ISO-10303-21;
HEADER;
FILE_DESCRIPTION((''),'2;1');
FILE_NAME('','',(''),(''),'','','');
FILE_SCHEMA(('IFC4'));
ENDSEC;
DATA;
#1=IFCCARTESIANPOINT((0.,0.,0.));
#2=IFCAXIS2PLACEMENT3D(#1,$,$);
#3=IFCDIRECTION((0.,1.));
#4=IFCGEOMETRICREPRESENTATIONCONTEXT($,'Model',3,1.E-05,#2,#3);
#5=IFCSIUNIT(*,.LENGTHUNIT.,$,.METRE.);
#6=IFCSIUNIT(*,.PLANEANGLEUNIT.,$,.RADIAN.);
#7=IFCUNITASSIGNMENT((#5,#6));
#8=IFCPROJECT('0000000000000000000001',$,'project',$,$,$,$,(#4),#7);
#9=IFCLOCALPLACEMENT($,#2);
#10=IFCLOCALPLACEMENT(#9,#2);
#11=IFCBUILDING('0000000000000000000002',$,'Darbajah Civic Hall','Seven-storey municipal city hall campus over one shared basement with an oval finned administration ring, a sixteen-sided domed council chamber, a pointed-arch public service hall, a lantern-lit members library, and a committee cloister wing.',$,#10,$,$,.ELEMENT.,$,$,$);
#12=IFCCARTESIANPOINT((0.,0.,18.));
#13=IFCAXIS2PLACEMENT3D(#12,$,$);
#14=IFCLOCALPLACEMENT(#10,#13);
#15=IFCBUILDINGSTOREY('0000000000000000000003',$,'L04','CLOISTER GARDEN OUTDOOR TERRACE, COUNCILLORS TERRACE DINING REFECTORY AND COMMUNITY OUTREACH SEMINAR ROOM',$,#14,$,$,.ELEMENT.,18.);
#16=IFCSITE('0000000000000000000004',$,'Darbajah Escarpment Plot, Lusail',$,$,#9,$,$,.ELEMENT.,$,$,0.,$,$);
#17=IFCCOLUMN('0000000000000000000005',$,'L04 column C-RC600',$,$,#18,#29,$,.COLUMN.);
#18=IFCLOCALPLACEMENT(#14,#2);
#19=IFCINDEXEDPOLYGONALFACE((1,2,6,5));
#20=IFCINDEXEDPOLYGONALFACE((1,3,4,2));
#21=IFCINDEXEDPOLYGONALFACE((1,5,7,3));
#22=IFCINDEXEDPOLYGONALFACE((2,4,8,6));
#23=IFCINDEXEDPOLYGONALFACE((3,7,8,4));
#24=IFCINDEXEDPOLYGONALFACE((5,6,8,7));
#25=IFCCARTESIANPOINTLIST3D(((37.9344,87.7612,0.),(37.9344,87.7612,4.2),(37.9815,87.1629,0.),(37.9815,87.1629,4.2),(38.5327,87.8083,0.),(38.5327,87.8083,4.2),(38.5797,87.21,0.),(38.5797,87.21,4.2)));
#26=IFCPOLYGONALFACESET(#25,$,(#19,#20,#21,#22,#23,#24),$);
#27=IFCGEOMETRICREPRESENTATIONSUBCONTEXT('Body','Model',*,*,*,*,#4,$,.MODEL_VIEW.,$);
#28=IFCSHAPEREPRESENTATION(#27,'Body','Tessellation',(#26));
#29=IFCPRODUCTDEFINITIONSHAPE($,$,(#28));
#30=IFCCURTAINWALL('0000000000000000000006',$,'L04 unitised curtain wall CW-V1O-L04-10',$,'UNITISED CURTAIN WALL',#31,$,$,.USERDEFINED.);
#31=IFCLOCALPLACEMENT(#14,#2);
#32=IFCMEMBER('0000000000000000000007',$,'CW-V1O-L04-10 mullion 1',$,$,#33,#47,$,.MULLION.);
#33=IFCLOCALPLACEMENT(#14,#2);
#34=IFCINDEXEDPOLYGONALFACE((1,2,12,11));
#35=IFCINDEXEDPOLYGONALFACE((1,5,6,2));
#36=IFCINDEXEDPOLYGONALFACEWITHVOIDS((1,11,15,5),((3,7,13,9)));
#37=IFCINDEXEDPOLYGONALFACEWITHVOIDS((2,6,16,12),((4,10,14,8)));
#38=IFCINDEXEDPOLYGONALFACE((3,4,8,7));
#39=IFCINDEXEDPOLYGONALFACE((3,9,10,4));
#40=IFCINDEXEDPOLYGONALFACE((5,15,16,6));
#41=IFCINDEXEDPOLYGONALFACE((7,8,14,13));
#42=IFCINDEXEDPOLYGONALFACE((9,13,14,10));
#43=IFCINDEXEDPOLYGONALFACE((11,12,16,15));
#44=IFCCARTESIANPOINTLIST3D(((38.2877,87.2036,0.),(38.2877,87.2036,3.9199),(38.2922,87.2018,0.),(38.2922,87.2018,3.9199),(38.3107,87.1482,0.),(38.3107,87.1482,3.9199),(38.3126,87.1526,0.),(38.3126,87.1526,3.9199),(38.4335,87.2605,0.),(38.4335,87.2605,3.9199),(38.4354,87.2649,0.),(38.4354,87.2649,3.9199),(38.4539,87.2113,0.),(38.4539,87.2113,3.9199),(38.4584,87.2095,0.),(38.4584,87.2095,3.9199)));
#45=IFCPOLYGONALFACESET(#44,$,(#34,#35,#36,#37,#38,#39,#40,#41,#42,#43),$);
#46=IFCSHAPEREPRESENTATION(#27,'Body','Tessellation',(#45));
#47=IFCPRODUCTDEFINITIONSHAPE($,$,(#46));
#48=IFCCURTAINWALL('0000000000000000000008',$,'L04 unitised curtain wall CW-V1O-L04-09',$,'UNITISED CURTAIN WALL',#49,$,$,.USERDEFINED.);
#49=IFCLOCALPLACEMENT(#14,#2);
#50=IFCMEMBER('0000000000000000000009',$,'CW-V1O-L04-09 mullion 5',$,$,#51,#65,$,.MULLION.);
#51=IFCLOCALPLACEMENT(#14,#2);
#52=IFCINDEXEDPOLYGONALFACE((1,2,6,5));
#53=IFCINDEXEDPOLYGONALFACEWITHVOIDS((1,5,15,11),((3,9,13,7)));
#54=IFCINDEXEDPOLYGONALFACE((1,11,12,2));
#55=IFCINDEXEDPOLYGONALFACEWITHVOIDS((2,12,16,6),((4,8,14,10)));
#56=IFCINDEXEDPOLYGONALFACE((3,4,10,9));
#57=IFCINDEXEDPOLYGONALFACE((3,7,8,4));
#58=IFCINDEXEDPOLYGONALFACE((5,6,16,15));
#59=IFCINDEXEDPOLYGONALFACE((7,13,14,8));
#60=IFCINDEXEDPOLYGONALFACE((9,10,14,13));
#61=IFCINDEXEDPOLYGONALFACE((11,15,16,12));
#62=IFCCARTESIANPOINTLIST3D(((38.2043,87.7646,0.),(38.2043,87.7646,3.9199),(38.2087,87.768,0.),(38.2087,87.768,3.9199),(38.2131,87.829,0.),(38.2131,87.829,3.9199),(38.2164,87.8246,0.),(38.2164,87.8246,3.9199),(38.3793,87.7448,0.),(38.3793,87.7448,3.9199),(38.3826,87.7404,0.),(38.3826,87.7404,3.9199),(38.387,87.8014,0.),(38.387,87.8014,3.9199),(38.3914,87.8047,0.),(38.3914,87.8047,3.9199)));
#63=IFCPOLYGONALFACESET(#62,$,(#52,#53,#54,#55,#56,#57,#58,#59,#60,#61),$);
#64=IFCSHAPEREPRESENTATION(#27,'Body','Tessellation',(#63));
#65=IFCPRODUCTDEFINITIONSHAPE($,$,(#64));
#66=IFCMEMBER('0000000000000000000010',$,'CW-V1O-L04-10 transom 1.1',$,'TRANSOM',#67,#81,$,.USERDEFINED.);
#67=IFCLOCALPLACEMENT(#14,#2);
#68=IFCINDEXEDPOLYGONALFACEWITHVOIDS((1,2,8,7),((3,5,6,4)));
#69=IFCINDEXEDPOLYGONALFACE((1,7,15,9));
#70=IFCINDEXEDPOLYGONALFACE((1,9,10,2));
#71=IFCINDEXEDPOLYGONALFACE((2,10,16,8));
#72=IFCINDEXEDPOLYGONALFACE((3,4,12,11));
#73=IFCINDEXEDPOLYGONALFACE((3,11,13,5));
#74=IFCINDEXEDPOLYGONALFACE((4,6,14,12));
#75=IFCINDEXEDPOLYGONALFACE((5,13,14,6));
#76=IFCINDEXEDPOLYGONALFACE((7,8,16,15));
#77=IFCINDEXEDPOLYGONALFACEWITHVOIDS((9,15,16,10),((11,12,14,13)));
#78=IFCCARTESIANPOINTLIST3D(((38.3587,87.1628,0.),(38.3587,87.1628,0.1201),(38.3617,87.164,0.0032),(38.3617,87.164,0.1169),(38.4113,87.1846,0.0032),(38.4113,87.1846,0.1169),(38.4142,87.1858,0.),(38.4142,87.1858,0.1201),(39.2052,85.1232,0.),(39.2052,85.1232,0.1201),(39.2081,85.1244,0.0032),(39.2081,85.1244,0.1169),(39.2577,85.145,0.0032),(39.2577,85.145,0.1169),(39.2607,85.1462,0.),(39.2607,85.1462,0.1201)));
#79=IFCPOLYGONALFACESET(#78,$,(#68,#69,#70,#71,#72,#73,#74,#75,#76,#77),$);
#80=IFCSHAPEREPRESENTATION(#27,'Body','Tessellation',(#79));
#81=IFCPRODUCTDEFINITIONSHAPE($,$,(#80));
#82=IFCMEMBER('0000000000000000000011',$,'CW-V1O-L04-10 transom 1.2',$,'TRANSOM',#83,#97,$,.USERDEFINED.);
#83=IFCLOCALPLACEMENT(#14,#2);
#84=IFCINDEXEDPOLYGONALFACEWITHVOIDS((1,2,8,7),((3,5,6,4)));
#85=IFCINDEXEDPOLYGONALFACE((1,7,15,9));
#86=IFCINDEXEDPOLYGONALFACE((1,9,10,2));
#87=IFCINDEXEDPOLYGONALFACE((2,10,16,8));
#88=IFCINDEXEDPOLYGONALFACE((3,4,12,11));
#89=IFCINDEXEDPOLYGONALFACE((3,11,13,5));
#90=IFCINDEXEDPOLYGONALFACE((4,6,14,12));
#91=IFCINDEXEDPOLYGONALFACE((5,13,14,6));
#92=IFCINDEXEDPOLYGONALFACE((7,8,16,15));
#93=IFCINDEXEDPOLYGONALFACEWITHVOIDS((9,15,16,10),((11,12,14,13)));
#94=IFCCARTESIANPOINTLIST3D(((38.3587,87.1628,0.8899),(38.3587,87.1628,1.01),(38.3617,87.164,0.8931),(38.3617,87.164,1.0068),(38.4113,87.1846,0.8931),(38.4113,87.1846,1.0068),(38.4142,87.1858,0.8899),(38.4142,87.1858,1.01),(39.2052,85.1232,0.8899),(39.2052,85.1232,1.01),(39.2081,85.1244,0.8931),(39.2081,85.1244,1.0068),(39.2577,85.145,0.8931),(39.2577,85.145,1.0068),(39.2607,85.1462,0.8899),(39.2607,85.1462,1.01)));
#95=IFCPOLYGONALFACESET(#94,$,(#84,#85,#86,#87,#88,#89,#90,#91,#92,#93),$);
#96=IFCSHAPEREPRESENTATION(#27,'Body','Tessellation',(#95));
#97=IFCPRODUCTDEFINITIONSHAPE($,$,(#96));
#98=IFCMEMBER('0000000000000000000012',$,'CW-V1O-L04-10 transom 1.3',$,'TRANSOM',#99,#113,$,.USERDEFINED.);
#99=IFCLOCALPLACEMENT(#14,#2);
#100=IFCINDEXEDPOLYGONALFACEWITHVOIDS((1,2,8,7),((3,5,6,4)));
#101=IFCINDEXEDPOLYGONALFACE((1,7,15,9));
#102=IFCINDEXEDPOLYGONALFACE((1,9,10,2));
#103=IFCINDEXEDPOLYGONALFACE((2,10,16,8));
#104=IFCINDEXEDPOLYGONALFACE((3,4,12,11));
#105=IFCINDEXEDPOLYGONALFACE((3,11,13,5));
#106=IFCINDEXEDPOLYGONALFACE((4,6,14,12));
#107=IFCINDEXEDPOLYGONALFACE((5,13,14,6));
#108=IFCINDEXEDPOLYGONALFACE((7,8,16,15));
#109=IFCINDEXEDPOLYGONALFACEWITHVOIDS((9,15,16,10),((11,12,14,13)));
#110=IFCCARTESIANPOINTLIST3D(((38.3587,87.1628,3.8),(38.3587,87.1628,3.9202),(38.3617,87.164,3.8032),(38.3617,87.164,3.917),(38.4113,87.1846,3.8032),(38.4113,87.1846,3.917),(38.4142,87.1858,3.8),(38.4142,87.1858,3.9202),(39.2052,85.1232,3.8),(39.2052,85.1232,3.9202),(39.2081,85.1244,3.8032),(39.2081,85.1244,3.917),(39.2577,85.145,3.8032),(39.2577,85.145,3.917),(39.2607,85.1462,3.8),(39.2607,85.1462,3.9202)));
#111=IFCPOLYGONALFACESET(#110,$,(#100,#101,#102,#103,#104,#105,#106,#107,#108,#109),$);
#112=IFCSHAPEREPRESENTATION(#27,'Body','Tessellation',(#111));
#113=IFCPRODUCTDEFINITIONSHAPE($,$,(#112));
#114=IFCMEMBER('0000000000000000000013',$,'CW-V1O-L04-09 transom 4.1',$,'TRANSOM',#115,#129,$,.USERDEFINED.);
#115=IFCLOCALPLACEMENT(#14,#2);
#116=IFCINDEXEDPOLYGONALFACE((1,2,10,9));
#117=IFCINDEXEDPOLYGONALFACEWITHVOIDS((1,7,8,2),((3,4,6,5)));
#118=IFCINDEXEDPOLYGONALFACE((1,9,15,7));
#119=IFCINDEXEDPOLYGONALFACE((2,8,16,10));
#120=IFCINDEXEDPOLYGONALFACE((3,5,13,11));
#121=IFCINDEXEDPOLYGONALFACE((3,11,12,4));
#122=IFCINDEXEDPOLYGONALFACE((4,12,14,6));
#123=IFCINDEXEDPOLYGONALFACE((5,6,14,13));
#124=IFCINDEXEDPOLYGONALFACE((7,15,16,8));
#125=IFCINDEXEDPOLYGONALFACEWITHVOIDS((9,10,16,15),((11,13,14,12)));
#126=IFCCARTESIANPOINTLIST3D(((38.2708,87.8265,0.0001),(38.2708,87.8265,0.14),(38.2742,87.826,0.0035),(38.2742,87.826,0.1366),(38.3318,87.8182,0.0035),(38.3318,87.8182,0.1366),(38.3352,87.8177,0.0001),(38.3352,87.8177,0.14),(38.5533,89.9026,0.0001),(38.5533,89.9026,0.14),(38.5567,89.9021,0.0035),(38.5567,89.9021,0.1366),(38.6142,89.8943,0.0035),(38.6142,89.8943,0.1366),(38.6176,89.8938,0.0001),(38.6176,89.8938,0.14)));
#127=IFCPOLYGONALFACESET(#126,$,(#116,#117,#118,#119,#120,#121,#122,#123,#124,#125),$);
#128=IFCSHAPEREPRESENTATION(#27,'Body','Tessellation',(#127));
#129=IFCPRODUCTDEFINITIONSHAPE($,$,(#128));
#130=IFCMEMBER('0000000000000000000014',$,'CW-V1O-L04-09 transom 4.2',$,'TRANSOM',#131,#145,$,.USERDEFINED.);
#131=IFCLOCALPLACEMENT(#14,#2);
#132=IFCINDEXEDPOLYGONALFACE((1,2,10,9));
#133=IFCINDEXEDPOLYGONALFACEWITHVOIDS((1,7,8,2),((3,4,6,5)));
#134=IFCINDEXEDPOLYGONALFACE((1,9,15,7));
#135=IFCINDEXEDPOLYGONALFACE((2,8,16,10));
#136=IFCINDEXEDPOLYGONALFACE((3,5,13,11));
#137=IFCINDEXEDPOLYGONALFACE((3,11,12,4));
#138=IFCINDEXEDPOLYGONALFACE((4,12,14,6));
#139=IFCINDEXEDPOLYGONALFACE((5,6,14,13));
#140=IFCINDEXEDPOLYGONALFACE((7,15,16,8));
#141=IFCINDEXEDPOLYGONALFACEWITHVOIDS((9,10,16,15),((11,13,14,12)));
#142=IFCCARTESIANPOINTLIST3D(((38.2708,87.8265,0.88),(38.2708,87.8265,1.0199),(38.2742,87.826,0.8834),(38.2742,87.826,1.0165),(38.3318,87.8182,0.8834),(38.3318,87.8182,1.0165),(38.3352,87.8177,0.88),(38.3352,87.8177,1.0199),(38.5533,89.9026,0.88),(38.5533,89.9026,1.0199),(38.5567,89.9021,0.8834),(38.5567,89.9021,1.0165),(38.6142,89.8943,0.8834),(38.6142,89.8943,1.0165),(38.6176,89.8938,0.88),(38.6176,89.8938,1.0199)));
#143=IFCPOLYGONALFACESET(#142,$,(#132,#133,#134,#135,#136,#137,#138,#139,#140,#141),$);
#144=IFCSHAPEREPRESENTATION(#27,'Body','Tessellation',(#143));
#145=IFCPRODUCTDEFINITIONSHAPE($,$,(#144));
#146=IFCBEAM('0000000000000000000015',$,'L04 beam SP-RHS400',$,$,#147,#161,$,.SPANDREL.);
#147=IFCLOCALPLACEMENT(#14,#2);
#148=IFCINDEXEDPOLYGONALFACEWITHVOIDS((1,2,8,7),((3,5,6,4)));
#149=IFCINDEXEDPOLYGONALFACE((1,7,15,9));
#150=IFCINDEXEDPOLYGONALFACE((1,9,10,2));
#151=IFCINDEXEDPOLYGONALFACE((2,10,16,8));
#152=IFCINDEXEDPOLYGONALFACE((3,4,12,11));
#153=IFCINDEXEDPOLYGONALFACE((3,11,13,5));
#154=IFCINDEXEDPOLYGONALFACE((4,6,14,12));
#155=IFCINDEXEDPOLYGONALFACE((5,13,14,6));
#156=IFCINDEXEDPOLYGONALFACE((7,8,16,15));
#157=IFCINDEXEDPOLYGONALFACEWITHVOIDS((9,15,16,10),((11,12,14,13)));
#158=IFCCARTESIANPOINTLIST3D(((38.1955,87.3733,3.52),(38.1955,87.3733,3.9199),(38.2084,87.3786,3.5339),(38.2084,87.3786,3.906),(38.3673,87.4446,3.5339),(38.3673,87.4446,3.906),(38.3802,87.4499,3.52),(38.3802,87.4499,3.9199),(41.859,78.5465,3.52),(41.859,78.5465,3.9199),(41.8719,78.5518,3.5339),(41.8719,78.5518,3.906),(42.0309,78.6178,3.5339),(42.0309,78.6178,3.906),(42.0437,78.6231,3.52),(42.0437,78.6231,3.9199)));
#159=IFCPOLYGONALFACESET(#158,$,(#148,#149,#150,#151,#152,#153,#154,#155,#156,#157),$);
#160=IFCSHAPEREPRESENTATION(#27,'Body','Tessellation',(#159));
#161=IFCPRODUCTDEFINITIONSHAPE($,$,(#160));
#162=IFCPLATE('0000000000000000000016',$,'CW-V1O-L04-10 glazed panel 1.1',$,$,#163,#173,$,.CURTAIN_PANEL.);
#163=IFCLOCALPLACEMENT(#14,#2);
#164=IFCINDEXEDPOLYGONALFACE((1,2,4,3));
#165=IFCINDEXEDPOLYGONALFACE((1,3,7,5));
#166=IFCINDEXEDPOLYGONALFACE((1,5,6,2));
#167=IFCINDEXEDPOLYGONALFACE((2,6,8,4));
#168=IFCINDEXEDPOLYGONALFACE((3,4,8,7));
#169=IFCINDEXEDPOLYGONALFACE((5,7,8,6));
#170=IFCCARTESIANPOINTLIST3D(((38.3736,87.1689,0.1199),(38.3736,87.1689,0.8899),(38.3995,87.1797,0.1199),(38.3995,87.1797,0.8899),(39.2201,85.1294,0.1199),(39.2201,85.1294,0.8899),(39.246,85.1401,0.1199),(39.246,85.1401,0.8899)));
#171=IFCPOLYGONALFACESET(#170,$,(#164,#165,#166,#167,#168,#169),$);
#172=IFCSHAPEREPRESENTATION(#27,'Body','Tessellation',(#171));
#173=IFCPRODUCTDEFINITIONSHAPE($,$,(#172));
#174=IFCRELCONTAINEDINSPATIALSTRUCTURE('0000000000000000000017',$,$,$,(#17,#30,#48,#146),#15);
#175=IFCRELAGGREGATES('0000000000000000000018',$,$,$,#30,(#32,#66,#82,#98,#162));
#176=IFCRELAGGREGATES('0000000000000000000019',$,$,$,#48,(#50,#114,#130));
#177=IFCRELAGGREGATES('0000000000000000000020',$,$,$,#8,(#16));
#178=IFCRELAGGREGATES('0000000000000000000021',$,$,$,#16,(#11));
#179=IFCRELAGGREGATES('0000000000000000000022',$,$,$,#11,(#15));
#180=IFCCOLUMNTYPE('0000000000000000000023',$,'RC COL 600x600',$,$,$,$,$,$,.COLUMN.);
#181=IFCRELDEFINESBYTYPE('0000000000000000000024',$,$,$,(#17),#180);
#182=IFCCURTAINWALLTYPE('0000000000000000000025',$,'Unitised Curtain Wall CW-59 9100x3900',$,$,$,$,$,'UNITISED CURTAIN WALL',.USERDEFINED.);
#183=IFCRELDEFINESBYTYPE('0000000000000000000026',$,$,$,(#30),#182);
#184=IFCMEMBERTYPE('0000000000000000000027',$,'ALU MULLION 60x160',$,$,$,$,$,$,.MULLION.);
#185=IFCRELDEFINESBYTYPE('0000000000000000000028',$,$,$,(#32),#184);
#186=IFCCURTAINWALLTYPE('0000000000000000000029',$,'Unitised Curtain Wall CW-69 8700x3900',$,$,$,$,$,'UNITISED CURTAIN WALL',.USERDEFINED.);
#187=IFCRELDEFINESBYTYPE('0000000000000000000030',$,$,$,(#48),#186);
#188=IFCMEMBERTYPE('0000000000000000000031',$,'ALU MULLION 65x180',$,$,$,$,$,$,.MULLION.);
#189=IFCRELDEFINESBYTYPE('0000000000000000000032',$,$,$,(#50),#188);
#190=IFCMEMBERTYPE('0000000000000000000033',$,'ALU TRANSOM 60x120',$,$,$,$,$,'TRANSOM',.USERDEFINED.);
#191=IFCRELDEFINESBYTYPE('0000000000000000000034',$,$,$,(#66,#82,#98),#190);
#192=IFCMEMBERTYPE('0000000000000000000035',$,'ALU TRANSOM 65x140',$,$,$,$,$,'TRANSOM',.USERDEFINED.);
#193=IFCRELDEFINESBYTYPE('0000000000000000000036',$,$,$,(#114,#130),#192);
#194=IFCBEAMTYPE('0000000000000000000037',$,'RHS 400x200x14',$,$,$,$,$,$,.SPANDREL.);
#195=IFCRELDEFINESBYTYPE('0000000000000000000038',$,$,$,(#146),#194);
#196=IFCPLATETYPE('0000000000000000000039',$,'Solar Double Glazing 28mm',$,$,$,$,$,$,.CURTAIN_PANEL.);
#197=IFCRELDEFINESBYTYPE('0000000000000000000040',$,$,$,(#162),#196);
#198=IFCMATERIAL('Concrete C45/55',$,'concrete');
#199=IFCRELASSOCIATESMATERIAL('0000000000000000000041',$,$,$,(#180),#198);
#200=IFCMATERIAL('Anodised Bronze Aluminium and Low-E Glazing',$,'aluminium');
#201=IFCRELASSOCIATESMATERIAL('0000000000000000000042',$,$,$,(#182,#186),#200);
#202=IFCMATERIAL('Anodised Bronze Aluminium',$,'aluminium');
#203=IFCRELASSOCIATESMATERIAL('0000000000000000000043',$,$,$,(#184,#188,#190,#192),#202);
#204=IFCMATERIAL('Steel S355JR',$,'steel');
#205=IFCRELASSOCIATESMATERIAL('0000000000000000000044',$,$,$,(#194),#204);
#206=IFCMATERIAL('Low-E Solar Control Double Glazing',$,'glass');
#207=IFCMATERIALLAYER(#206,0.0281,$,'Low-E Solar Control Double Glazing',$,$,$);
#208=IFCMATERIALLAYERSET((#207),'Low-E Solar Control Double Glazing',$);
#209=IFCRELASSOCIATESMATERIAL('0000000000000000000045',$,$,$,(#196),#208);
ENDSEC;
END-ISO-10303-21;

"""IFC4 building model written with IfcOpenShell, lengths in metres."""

from ifc_helpers import new_model, si_unit, direction, frame, origin, origin_2d, place, context, subcontext, project, spatial, rectangle, hollow_rectangle, extrude, material, layer, layer_set, material_profile, profile_set, type_object, element, aggregate, save


model = new_model("IFC4")

# Units and contexts
model_context = context("Model", 3, precision=1e-05, world=origin(), true_north=direction((0.0, 1.0)))
body_context = subcontext(model_context, "Body", "Model", "MODEL_VIEW")
ifc_project = project(units=[si_unit("LENGTHUNIT", "METRE"), si_unit("PLANEANGLEUNIT", "RADIAN")], contexts=[model_context])

# Site, building, storey
site_placement = place(None, origin())
site = spatial("IfcSite", under=ifc_project, at=site_placement, Name="Darbajah Escarpment Plot, Lusail", CompositionType="ELEMENT", RefElevation=0.0)
building_placement = place(site_placement, origin())
building = spatial("IfcBuilding", under=site, at=building_placement, Name="Darbajah Civic Hall", Description="Seven-storey municipal city hall campus over one shared basement with an oval finned administration ring, a sixteen-sided domed council chamber, a pointed-arch public service hall, a lantern-lit members library, and a committee cloister wing.", CompositionType="ELEMENT")
storey_placement = place(building_placement, frame((0.0, 0.0, 18.0)))
storey = spatial("IfcBuildingStorey", under=building, at=storey_placement, Name="L04", Description="CLOISTER GARDEN OUTDOOR TERRACE, COUNCILLORS TERRACE DINING REFECTORY AND COMMUNITY OUTREACH SEMINAR ROOM", CompositionType="ELEMENT", Elevation=18.0)

# Column
ifc_material_1 = material(Name="Concrete C45/55", Category="concrete")
ifc_material_profile_1 = material_profile(ifc_material_1, rectangle(XDim=0.6001, YDim=0.6001, at=origin_2d()), Name="RC COL 600x600")
ifc_profile_set_1 = profile_set([ifc_material_profile_1], Name="Concrete C45/55")
column_type = type_object("IfcColumnType", Name="RC COL 600x600", PredefinedType="COLUMN", material=ifc_profile_set_1)
column_placement = place(storey_placement, frame((38.2571, 87.4856, 0.0), z_axis=(0.0, 0.0, 1.0), x_axis=(-0.996917, -0.078459, 0.0)))
element("IfcColumn", 1, at=column_placement, inside=storey, type_object=column_type, Name="L04 column C-RC600", PredefinedType="COLUMN", context=body_context, shape_type="SweptSolid", body=[
    extrude(rectangle(XDim=0.6001, YDim=0.6001, at=origin_2d()), origin(), (0.0, 0.0, 1.0), 4.2),
])

# Curtain walls, members
ifc_material_2 = material(Name="Anodised Bronze Aluminium and Low-E Glazing", Category="aluminium")
curtain_wall_type_1 = type_object("IfcCurtainWallType", Name="Unitised Curtain Wall CW-59 9100x3900", ElementType="UNITISED CURTAIN WALL", PredefinedType="USERDEFINED", material=ifc_material_2)
curtain_wall_1_placement = place(storey_placement, origin())
curtain_wall_1 = element("IfcCurtainWall", 2, at=curtain_wall_1_placement, inside=storey, type_object=curtain_wall_type_1, Name="L04 unitised curtain wall CW-V1O-L04-10", ObjectType="UNITISED CURTAIN WALL", PredefinedType="USERDEFINED")
ifc_material_3 = material(Name="Anodised Bronze Aluminium", Category="aluminium")
ifc_material_profile_2 = material_profile(ifc_material_3, hollow_rectangle(XDim=0.0601, YDim=0.1599, WallThickness=0.0034, at=origin_2d()), Name="ALU MULLION 60x160")
ifc_profile_set_2 = profile_set([ifc_material_profile_2], Name="Anodised Bronze Aluminium")
member_type_1 = type_object("IfcMemberType", Name="ALU MULLION 60x160", PredefinedType="MULLION", material=ifc_profile_set_2)
member_1_placement = place(storey_placement, frame((38.373, 87.2065, 0.0), z_axis=(0.0, 0.0, 1.0), x_axis=(0.383328, -0.923612, 0.0)))
member_1 = element("IfcMember", 3, at=member_1_placement, type_object=member_type_1, Name="CW-V1O-L04-10 mullion 1", PredefinedType="MULLION", context=body_context, shape_type="SweptSolid", body=[
    extrude(hollow_rectangle(XDim=0.0601, YDim=0.1599, WallThickness=0.0034, at=origin_2d()), origin(), (0.0, 0.0, 1.0), 3.9199),
])
curtain_wall_type_2 = type_object("IfcCurtainWallType", Name="Unitised Curtain Wall CW-69 8700x3900", ElementType="UNITISED CURTAIN WALL", PredefinedType="USERDEFINED", material=ifc_material_2)
curtain_wall_2_placement = place(storey_placement, origin())
curtain_wall_2 = element("IfcCurtainWall", 4, at=curtain_wall_2_placement, inside=storey, type_object=curtain_wall_type_2, Name="L04 unitised curtain wall CW-V1O-L04-09", ObjectType="UNITISED CURTAIN WALL", PredefinedType="USERDEFINED")
ifc_material_profile_3 = material_profile(ifc_material_3, hollow_rectangle(XDim=0.0649, YDim=0.1799, WallThickness=0.0039, at=origin_2d()), Name="ALU MULLION 65x180")
ifc_profile_set_3 = profile_set([ifc_material_profile_3], Name="Anodised Bronze Aluminium")
member_type_2 = type_object("IfcMemberType", Name="ALU MULLION 65x180", PredefinedType="MULLION", material=ifc_profile_set_3)
member_2_placement = place(storey_placement, frame((38.2979, 87.7847, 0.0), z_axis=(0.0, 0.0, 1.0), x_axis=(-0.134851, -0.990866, 0.0)))
member_2 = element("IfcMember", 5, at=member_2_placement, type_object=member_type_2, Name="CW-V1O-L04-09 mullion 5", PredefinedType="MULLION", context=body_context, shape_type="SweptSolid", body=[
    extrude(hollow_rectangle(XDim=0.0649, YDim=0.1799, WallThickness=0.0039, at=origin_2d()), origin(), (0.0, 0.0, 1.0), 3.9199),
])

# Members
ifc_material_profile_4 = material_profile(ifc_material_3, hollow_rectangle(XDim=0.0601, YDim=0.1201, WallThickness=0.0032, at=origin_2d()), Name="ALU TRANSOM 60x120")
ifc_profile_set_4 = profile_set([ifc_material_profile_4], Name="Anodised Bronze Aluminium")
member_type_3 = type_object("IfcMemberType", Name="ALU TRANSOM 60x120", ElementType="TRANSOM", PredefinedType="USERDEFINED", material=ifc_profile_set_4)
member_3_placement = place(storey_placement, frame((38.3865, 87.1743, 0.0601), z_axis=(0.383312, -0.923619, 0.0), x_axis=(0.923619, 0.383312, 0.0)))
member_3 = element("IfcMember", 6, at=member_3_placement, type_object=member_type_3, Name="CW-V1O-L04-10 transom 1.1", ObjectType="TRANSOM", PredefinedType="USERDEFINED", context=body_context, shape_type="SweptSolid", body=[
    extrude(hollow_rectangle(XDim=0.0601, YDim=0.1201, WallThickness=0.0032, at=origin_2d()), origin(), (0.0, 0.0, 1.0), 2.2083),
])
member_4_placement = place(storey_placement, frame((38.3865, 87.1743, 0.95), z_axis=(0.383312, -0.923619, 0.0), x_axis=(0.923619, 0.383312, 0.0)))
member_4 = element("IfcMember", 7, at=member_4_placement, type_object=member_type_3, Name="CW-V1O-L04-10 transom 1.2", ObjectType="TRANSOM", PredefinedType="USERDEFINED", context=body_context, shape_type="SweptSolid", body=[
    extrude(hollow_rectangle(XDim=0.0601, YDim=0.1201, WallThickness=0.0032, at=origin_2d()), origin(), (0.0, 0.0, 1.0), 2.2083),
])
member_5_placement = place(storey_placement, frame((38.3865, 87.1743, 3.8601), z_axis=(0.383312, -0.923619, 0.0), x_axis=(0.923619, 0.383312, 0.0)))
member_5 = element("IfcMember", 8, at=member_5_placement, type_object=member_type_3, Name="CW-V1O-L04-10 transom 1.3", ObjectType="TRANSOM", PredefinedType="USERDEFINED", context=body_context, shape_type="SweptSolid", body=[
    extrude(hollow_rectangle(XDim=0.0601, YDim=0.1201, WallThickness=0.0032, at=origin_2d()), origin(), (0.0, 0.0, 1.0), 2.2083),
])
ifc_material_profile_5 = material_profile(ifc_material_3, hollow_rectangle(XDim=0.0649, YDim=0.1399, WallThickness=0.0034, at=origin_2d()), Name="ALU TRANSOM 65x140")
ifc_profile_set_5 = profile_set([ifc_material_profile_5], Name="Anodised Bronze Aluminium")
member_type_4 = type_object("IfcMemberType", Name="ALU TRANSOM 65x140", ElementType="TRANSOM", PredefinedType="USERDEFINED", material=ifc_profile_set_5)
member_6_placement = place(storey_placement, frame((38.5854, 89.8982, 0.0701), z_axis=(-0.134812, -0.990871, 0.0), x_axis=(0.990871, -0.134812, 0.0)))
member_6 = element("IfcMember", 9, at=member_6_placement, type_object=member_type_4, Name="CW-V1O-L04-09 transom 4.1", ObjectType="TRANSOM", PredefinedType="USERDEFINED", context=body_context, shape_type="SweptSolid", body=[
    extrude(hollow_rectangle(XDim=0.0649, YDim=0.1399, WallThickness=0.0034, at=origin_2d()), origin(), (0.0, 0.0, 1.0), 2.0952),
])
member_7_placement = place(storey_placement, frame((38.5854, 89.8982, 0.95), z_axis=(-0.134812, -0.990871, 0.0), x_axis=(0.990871, -0.134812, 0.0)))
member_7 = element("IfcMember", 10, at=member_7_placement, type_object=member_type_4, Name="CW-V1O-L04-09 transom 4.2", ObjectType="TRANSOM", PredefinedType="USERDEFINED", context=body_context, shape_type="SweptSolid", body=[
    extrude(hollow_rectangle(XDim=0.0649, YDim=0.1399, WallThickness=0.0034, at=origin_2d()), origin(), (0.0, 0.0, 1.0), 2.0952),
])

# Beam
ifc_material_4 = material(Name="Steel S355JR", Category="steel")
ifc_material_profile_6 = material_profile(ifc_material_4, hollow_rectangle(XDim=0.2, YDim=0.3999, WallThickness=0.0139, at=origin_2d()), Name="RHS 400x200x14")
ifc_profile_set_6 = profile_set([ifc_material_profile_6], Name="Steel S355JR")
beam_type = type_object("IfcBeamType", Name="RHS 400x200x14", PredefinedType="SPANDREL", material=ifc_profile_set_6)
beam_placement = place(storey_placement, frame((38.2878, 87.4116, 3.72), z_axis=(0.38334, -0.923607, 0.0), x_axis=(0.923607, 0.38334, 0.0)))
element("IfcBeam", 11, at=beam_placement, inside=storey, type_object=beam_type, Name="L04 beam SP-RHS400", PredefinedType="SPANDREL", context=body_context, shape_type="SweptSolid", body=[
    extrude(hollow_rectangle(XDim=0.2, YDim=0.3999, WallThickness=0.0139, at=origin_2d()), origin(), (0.0, 0.0, 1.0), 9.5569),
])

# Plate
ifc_material_5 = material(Name="Low-E Solar Control Double Glazing", Category="glass")
ifc_layer_1 = layer(ifc_material_5, 0.0281, Name="Low-E Solar Control Double Glazing")
ifc_layer_set_1 = layer_set([ifc_layer_1], Name="Low-E Solar Control Double Glazing")
plate_type_1 = type_object("IfcPlateType", Name="Solar Double Glazing 28mm", PredefinedType="CURTAIN_PANEL", material=ifc_layer_set_1)
plate_1_placement = place(storey_placement, frame((38.8098, 86.1545, 0.1199), z_axis=(0.0, 0.0, 1.0), x_axis=(0.383328, -0.923612, 0.0)))
plate_1 = element("IfcPlate", 12, at=plate_1_placement, type_object=plate_type_1, Name="CW-V1O-L04-10 glazed panel 1.1", PredefinedType="CURTAIN_PANEL", context=body_context, shape_type="SweptSolid", body=[
    extrude(rectangle(XDim=2.2083, YDim=0.0281, at=origin_2d()), origin(), (0.0, 0.0, 1.0), 0.77),
])
aggregate(curtain_wall_1, [member_1, member_3, member_4, member_5, plate_1])
aggregate(curtain_wall_2, [member_2, member_6, member_7])

save(model, "model.ifc")
